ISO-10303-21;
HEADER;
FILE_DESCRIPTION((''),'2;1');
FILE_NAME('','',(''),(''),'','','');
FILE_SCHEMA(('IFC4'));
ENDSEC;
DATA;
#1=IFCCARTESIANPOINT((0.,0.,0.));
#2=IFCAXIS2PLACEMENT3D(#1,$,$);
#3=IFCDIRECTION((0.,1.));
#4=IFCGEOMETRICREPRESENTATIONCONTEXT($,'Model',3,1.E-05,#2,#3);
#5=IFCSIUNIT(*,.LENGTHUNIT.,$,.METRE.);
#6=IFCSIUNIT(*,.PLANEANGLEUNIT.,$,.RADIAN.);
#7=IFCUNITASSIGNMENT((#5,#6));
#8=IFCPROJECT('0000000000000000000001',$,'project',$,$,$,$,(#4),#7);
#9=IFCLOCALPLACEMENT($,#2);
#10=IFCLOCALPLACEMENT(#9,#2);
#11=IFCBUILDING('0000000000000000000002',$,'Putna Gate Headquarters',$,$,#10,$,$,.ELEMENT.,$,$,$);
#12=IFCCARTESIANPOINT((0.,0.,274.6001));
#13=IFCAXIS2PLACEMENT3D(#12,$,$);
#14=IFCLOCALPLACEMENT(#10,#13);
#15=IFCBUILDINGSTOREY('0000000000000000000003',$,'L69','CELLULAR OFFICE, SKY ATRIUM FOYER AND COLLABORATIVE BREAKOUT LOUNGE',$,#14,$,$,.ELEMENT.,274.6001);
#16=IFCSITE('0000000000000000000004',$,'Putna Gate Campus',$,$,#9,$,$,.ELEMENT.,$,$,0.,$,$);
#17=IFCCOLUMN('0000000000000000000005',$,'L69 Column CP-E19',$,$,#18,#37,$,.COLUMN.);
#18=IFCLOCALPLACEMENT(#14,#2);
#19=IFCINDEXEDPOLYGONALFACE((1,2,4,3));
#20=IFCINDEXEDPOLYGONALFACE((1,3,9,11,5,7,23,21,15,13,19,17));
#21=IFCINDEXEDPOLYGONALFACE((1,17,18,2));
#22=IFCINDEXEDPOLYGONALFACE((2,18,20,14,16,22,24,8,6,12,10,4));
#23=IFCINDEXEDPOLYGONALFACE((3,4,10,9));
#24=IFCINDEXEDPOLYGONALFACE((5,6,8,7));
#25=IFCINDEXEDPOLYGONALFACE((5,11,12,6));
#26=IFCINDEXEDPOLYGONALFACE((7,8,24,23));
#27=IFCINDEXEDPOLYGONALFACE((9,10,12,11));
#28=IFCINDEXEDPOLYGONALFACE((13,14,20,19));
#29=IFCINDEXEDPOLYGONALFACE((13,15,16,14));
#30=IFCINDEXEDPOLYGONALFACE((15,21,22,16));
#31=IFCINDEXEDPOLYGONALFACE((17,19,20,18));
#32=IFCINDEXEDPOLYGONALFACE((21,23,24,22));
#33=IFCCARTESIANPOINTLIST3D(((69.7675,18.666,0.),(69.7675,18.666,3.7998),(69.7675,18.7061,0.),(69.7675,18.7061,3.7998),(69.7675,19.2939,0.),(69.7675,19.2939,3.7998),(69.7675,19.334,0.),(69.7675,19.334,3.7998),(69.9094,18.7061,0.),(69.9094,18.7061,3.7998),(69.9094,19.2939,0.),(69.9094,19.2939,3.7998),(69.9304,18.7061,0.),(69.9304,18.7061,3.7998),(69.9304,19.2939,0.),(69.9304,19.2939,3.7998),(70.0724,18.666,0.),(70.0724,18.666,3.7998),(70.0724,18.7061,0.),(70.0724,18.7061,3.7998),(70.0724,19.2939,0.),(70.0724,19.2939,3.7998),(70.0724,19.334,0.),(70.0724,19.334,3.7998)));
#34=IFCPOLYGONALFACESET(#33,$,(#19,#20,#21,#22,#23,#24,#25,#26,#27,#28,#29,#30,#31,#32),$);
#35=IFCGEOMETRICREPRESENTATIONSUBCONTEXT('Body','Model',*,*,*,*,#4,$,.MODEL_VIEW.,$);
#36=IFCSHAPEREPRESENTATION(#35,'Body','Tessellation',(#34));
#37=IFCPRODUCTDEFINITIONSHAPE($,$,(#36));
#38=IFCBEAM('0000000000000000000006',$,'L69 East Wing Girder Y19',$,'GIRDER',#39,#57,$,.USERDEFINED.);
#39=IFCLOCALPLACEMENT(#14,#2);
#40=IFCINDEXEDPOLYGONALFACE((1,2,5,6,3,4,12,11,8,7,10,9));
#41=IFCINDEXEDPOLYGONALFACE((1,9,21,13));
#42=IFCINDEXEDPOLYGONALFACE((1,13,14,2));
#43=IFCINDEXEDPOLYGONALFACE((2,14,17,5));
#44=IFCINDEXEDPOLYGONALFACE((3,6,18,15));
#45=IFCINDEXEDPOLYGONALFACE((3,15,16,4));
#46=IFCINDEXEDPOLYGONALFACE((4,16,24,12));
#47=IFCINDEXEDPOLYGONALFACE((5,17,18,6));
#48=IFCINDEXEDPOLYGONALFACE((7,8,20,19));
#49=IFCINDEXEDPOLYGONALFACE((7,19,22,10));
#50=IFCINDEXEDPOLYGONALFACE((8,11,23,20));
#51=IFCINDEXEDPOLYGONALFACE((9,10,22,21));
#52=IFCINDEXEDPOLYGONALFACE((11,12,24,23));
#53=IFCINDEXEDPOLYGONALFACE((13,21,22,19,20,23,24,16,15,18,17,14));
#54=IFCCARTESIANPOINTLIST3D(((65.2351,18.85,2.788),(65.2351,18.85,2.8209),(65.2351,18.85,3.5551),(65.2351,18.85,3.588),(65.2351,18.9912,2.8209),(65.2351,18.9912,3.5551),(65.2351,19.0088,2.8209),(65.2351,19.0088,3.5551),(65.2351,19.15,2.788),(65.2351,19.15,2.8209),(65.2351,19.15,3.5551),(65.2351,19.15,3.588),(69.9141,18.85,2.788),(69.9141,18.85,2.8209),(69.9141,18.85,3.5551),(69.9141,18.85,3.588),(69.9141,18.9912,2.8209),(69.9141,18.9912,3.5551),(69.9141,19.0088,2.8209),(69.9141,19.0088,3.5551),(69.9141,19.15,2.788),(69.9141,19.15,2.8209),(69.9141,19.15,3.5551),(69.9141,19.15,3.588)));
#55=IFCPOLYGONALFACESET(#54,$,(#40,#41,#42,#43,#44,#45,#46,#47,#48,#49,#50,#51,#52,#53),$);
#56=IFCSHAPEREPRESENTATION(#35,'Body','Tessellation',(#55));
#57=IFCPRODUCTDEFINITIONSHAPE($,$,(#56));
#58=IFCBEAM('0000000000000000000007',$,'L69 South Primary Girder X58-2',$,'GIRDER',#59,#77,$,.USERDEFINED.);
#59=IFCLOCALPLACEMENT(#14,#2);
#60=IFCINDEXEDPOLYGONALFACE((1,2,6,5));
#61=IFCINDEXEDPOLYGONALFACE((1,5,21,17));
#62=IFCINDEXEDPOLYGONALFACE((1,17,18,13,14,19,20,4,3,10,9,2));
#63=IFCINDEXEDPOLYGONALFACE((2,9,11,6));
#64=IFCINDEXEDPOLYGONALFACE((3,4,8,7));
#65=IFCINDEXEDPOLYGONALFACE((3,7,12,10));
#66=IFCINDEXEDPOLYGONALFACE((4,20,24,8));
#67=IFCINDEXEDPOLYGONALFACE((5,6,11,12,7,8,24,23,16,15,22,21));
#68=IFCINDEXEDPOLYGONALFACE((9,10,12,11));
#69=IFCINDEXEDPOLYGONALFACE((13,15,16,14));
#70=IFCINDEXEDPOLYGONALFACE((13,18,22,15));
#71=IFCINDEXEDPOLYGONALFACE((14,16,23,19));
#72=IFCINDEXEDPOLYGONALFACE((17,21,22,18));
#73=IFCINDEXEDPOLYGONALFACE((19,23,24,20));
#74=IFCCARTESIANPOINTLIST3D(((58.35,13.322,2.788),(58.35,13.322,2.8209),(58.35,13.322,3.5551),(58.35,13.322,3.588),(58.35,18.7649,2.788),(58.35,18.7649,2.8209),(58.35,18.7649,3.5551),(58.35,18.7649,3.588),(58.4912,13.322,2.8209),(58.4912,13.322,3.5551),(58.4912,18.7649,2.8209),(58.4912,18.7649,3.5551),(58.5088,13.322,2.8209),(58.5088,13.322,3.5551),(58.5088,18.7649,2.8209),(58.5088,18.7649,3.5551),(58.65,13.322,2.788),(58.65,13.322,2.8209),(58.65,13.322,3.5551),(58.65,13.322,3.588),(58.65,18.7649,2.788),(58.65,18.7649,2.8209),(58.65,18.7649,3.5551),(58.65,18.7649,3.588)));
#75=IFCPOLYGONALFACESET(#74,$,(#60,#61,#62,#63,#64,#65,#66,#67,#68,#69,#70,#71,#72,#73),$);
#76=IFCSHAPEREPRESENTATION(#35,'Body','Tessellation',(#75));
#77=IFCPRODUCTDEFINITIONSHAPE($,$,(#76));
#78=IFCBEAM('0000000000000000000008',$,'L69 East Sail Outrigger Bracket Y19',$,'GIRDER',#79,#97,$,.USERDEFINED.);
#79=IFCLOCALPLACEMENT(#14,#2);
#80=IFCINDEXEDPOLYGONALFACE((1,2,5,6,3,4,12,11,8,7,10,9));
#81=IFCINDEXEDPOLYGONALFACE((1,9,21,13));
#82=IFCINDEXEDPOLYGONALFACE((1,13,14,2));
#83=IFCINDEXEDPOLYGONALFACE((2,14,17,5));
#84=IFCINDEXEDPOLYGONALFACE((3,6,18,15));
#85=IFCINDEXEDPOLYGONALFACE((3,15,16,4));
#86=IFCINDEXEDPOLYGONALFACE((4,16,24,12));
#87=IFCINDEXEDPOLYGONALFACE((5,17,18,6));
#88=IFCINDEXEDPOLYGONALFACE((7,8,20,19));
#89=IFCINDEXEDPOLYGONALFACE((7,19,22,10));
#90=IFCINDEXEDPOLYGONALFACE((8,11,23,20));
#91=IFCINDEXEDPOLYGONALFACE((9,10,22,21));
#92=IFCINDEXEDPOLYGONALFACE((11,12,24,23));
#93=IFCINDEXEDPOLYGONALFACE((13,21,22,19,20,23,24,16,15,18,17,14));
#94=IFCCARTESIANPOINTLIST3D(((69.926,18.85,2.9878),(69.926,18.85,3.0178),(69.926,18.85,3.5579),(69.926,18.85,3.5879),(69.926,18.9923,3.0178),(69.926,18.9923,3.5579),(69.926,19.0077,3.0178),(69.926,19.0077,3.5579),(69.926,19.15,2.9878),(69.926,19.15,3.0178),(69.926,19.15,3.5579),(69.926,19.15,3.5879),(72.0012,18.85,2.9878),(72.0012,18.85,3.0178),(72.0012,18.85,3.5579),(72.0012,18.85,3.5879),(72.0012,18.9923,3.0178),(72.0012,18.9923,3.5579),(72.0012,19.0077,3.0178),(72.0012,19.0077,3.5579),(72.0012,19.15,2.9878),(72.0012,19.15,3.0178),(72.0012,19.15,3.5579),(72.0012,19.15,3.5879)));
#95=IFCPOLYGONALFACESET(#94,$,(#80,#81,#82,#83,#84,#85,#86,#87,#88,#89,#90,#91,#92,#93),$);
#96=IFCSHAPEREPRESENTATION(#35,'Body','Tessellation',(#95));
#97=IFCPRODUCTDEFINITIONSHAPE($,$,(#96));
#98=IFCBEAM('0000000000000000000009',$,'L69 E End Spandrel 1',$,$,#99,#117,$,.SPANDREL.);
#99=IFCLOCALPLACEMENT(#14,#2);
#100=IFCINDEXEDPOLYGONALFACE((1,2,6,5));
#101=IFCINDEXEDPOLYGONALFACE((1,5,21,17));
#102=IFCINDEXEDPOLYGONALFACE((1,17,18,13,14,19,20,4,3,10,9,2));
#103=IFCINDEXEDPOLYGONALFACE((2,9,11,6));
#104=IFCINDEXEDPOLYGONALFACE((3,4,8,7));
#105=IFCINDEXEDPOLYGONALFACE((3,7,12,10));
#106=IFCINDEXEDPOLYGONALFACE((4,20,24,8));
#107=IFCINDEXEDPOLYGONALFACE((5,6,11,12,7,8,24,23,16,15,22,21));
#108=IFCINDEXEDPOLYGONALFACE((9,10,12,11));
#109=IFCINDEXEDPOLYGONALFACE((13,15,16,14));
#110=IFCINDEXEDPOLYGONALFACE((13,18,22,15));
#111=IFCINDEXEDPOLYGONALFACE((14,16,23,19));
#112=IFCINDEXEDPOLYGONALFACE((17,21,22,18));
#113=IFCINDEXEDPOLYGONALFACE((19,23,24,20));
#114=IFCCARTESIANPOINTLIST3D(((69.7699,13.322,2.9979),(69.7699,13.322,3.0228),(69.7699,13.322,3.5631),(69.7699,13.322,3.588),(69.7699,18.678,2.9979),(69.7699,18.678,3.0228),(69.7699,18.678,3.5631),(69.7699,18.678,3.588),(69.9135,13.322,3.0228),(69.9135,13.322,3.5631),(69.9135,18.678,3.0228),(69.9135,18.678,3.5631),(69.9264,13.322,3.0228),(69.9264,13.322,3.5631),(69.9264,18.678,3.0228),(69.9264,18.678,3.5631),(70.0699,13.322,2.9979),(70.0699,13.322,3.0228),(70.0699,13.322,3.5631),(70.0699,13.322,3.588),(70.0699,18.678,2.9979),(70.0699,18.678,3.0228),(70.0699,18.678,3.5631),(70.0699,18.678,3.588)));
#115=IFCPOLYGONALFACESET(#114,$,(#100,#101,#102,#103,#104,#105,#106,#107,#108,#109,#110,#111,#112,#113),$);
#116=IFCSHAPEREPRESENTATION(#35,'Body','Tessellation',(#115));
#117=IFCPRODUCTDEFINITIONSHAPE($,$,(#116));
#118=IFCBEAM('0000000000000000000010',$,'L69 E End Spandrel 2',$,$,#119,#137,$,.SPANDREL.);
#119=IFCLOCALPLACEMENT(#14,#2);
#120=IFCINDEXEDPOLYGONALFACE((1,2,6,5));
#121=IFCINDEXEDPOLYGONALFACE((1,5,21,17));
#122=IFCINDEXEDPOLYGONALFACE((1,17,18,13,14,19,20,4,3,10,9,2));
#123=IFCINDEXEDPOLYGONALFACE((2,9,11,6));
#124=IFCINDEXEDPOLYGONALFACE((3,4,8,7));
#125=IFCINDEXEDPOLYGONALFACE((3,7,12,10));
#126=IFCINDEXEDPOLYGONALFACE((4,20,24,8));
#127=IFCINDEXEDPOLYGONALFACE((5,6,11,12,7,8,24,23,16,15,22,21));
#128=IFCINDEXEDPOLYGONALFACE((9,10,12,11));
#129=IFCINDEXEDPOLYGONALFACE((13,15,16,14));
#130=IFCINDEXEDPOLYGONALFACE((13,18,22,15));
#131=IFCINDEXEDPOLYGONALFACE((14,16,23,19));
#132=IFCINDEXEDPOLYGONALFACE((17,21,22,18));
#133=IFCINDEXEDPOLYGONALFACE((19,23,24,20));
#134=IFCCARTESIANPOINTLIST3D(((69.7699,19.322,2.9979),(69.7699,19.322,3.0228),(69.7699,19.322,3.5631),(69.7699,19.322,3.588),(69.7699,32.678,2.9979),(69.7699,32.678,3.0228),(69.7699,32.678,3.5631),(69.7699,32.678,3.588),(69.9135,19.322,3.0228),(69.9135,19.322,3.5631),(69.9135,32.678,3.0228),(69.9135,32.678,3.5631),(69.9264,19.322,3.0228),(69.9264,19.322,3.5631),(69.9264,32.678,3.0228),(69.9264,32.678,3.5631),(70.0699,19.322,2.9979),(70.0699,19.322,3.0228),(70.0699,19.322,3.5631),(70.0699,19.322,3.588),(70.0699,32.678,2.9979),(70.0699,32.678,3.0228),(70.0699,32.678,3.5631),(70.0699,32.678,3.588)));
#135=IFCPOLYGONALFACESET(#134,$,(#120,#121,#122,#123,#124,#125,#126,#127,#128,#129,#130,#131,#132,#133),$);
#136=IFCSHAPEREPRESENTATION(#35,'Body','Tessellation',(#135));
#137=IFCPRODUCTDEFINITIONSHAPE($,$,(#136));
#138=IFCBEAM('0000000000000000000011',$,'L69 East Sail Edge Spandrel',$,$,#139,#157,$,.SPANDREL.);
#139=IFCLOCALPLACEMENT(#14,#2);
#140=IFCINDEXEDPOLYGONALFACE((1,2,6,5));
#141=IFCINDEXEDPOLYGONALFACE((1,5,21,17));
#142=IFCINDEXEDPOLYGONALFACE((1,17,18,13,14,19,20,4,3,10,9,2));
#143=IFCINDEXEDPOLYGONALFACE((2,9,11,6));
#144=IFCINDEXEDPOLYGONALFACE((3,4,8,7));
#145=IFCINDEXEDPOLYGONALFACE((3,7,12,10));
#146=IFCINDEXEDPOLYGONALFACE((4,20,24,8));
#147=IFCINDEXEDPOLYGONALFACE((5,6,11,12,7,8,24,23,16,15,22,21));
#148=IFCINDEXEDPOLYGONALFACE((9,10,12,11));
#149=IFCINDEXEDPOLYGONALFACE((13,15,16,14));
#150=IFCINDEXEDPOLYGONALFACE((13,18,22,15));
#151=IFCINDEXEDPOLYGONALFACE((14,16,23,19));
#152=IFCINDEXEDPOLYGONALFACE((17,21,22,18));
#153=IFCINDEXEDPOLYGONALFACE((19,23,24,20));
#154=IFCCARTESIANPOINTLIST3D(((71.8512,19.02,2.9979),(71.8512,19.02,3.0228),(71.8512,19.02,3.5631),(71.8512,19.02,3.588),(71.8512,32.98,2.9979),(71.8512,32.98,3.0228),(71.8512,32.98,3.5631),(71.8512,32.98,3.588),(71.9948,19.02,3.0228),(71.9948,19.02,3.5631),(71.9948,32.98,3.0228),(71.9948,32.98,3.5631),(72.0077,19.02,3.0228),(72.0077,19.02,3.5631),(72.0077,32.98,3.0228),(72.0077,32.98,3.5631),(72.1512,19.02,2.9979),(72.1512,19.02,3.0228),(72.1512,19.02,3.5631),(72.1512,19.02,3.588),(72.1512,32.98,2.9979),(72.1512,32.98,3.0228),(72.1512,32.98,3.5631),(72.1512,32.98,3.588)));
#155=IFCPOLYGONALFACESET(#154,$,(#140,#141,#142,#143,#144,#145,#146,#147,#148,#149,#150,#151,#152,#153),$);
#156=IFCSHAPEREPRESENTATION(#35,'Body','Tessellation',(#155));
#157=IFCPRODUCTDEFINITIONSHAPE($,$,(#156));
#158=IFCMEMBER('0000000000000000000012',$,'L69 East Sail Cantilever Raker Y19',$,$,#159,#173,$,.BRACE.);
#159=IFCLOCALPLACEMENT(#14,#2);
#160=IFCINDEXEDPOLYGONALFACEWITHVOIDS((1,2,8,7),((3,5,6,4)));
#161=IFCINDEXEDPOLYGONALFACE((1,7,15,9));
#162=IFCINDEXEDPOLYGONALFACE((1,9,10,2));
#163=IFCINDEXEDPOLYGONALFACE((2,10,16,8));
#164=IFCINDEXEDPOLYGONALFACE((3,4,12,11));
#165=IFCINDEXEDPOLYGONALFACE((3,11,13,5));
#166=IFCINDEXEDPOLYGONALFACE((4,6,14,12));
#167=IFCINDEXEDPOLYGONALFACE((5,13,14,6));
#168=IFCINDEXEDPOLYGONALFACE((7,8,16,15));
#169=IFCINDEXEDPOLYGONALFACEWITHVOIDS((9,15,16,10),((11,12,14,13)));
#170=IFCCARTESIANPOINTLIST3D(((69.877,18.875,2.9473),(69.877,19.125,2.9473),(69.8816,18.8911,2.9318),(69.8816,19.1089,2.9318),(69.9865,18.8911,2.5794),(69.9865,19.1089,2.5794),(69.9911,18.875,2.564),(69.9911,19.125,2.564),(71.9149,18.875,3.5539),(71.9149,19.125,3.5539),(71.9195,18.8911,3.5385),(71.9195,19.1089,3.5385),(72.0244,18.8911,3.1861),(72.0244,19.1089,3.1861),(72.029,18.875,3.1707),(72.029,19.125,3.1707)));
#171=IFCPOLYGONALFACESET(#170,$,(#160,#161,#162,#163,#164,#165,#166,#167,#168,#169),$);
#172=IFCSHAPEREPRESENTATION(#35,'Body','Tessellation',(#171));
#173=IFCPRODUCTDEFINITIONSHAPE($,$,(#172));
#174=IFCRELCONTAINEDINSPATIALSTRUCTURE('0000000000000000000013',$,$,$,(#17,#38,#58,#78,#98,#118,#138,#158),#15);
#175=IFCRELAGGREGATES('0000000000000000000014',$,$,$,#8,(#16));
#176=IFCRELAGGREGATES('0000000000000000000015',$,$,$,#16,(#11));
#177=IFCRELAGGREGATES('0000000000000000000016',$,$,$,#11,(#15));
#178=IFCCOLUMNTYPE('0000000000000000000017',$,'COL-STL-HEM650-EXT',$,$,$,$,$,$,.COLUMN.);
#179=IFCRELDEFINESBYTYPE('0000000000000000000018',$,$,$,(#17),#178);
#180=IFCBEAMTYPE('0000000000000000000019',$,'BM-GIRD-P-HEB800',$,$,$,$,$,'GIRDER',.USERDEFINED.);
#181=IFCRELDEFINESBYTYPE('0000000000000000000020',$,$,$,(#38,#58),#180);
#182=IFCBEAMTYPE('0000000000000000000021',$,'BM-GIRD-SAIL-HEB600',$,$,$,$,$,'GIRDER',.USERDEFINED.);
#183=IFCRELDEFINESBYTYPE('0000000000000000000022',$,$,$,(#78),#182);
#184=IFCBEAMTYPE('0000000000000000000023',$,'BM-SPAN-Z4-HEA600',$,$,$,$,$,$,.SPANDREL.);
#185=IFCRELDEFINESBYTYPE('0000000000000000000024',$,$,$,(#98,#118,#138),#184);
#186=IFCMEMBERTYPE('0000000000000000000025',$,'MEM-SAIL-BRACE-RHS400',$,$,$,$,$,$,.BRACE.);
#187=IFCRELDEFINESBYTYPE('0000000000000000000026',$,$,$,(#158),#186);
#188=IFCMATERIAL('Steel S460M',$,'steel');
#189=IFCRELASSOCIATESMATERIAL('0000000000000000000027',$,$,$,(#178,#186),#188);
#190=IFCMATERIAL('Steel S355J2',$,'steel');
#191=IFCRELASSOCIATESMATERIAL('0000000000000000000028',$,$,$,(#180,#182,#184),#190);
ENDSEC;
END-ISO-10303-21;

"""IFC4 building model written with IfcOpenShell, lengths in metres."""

from ifc_helpers import new_model, si_unit, direction, frame, origin, origin_2d, place, context, subcontext, project, spatial, hollow_rectangle, i_section, extrude, material, material_profile, profile_set, type_object, element, save


model = new_model("IFC4")

# Units and contexts
model_context = context("Model", 3, precision=1e-05, world=origin(), true_north=direction((0.0, 1.0)))
body_context = subcontext(model_context, "Body", "Model", "MODEL_VIEW")
ifc_project = project(units=[si_unit("LENGTHUNIT", "METRE"), si_unit("PLANEANGLEUNIT", "RADIAN")], contexts=[model_context])

# Site, building, storey
site_placement = place(None, origin())
site = spatial("IfcSite", under=ifc_project, at=site_placement, Name="Putna Gate Campus", CompositionType="ELEMENT", RefElevation=0.0)
building_placement = place(site_placement, origin())
building = spatial("IfcBuilding", under=site, at=building_placement, Name="Putna Gate Headquarters", CompositionType="ELEMENT")
storey_placement = place(building_placement, frame((0.0, 0.0, 274.6001)))
storey = spatial("IfcBuildingStorey", under=building, at=storey_placement, Name="L69", Description="CELLULAR OFFICE, SKY ATRIUM FOYER AND COLLABORATIVE BREAKOUT LOUNGE", CompositionType="ELEMENT", Elevation=274.6001)

# Column
ifc_material_1 = material(Name="Steel S460M", Category="steel")
ifc_material_profile_1 = material_profile(ifc_material_1, i_section(OverallWidth=0.3049, OverallDepth=0.668, WebThickness=0.021, FlangeThickness=0.04, at=origin_2d()), Name="Steel S460M")
ifc_profile_set_1 = profile_set([ifc_material_profile_1], Name="Steel S460M")
column_type = type_object("IfcColumnType", Name="COL-STL-HEM650-EXT", PredefinedType="COLUMN", material=ifc_profile_set_1)
column_placement = place(storey_placement, frame((69.9199, 19.0, 0.0), z_axis=(0.0, 0.0, 1.0), x_axis=(1.0, 0.0, 0.0)))
element("IfcColumn", 1, at=column_placement, inside=storey, type_object=column_type, Name="L69 Column CP-E19", PredefinedType="COLUMN", context=body_context, shape_type="SweptSolid", body=[
    extrude(i_section(OverallWidth=0.3049, OverallDepth=0.668, WebThickness=0.021, FlangeThickness=0.04, at=origin_2d()), origin(), (0.0, 0.0, 1.0), 3.7998),
])

# Beams
ifc_material_2 = material(Name="Steel S355J2", Category="steel")
ifc_material_profile_2 = material_profile(ifc_material_2, i_section(OverallWidth=0.3, OverallDepth=0.8, WebThickness=0.0176, FlangeThickness=0.033, at=origin_2d()), Name="Steel S355J2")
ifc_profile_set_2 = profile_set([ifc_material_profile_2], Name="Steel S355J2")
beam_type_1 = type_object("IfcBeamType", Name="BM-GIRD-P-HEB800", ElementType="GIRDER", PredefinedType="USERDEFINED", material=ifc_profile_set_2)
beam_1_placement = place(storey_placement, frame((65.2351, 19.0, 3.188), z_axis=(1.0, 0.0, 0.0), x_axis=(0.0, 1.0, 0.0)))
element("IfcBeam", 2, at=beam_1_placement, inside=storey, type_object=beam_type_1, Name="L69 East Wing Girder Y19", ObjectType="GIRDER", PredefinedType="USERDEFINED", context=body_context, shape_type="SweptSolid", body=[
    extrude(i_section(OverallWidth=0.3, OverallDepth=0.8, WebThickness=0.0176, FlangeThickness=0.033, at=origin_2d()), origin(), (0.0, 0.0, 1.0), 4.679),
])
beam_2_placement = place(storey_placement, frame((58.5, 13.322, 3.188), z_axis=(0.0, 1.0, 0.0), x_axis=(-1.0, 0.0, 0.0)))
element("IfcBeam", 3, at=beam_2_placement, inside=storey, type_object=beam_type_1, Name="L69 South Primary Girder X58-2", ObjectType="GIRDER", PredefinedType="USERDEFINED", context=body_context, shape_type="SweptSolid", body=[
    extrude(i_section(OverallWidth=0.3, OverallDepth=0.8, WebThickness=0.0176, FlangeThickness=0.033, at=origin_2d()), origin(), (0.0, 0.0, 1.0), 5.4429),
])
ifc_material_profile_3 = material_profile(ifc_material_2, i_section(OverallWidth=0.3, OverallDepth=0.6001, WebThickness=0.0154, FlangeThickness=0.03, at=origin_2d()), Name="Steel S355J2")
ifc_profile_set_3 = profile_set([ifc_material_profile_3], Name="Steel S355J2")
beam_type_2 = type_object("IfcBeamType", Name="BM-GIRD-SAIL-HEB600", ElementType="GIRDER", PredefinedType="USERDEFINED", material=ifc_profile_set_3)
beam_3_placement = place(storey_placement, frame((69.926, 19.0, 3.2878), z_axis=(1.0, 0.0, 0.0), x_axis=(0.0, 1.0, 0.0)))
element("IfcBeam", 4, at=beam_3_placement, inside=storey, type_object=beam_type_2, Name="L69 East Sail Outrigger Bracket Y19", ObjectType="GIRDER", PredefinedType="USERDEFINED", context=body_context, shape_type="SweptSolid", body=[
    extrude(i_section(OverallWidth=0.3, OverallDepth=0.6001, WebThickness=0.0154, FlangeThickness=0.03, at=origin_2d()), origin(), (0.0, 0.0, 1.0), 2.0752),
])
ifc_material_profile_4 = material_profile(ifc_material_2, i_section(OverallWidth=0.3, OverallDepth=0.5901, WebThickness=0.0129, FlangeThickness=0.0249, at=origin_2d()), Name="Steel S355J2")
ifc_profile_set_4 = profile_set([ifc_material_profile_4], Name="Steel S355J2")
beam_type_3 = type_object("IfcBeamType", Name="BM-SPAN-Z4-HEA600", PredefinedType="SPANDREL", material=ifc_profile_set_4)
beam_4_placement = place(storey_placement, frame((69.9199, 13.322, 3.293), z_axis=(0.0, 1.0, 0.0), x_axis=(-1.0, 0.0, 0.0)))
element("IfcBeam", 5, at=beam_4_placement, inside=storey, type_object=beam_type_3, Name="L69 E End Spandrel 1", PredefinedType="SPANDREL", context=body_context, shape_type="SweptSolid", body=[
    extrude(i_section(OverallWidth=0.3, OverallDepth=0.5901, WebThickness=0.0129, FlangeThickness=0.0249, at=origin_2d()), origin(), (0.0, 0.0, 1.0), 5.356),
])
beam_5_placement = place(storey_placement, frame((69.9199, 19.322, 3.293), z_axis=(0.0, 1.0, 0.0), x_axis=(-1.0, 0.0, 0.0)))
element("IfcBeam", 6, at=beam_5_placement, inside=storey, type_object=beam_type_3, Name="L69 E End Spandrel 2", PredefinedType="SPANDREL", context=body_context, shape_type="SweptSolid", body=[
    extrude(i_section(OverallWidth=0.3, OverallDepth=0.5901, WebThickness=0.0129, FlangeThickness=0.0249, at=origin_2d()), origin(), (0.0, 0.0, 1.0), 13.356),
])
beam_6_placement = place(storey_placement, frame((72.0012, 19.02, 3.293), z_axis=(0.0, 1.0, 0.0), x_axis=(-1.0, 0.0, 0.0)))
element("IfcBeam", 7, at=beam_6_placement, inside=storey, type_object=beam_type_3, Name="L69 East Sail Edge Spandrel", PredefinedType="SPANDREL", context=body_context, shape_type="SweptSolid", body=[
    extrude(i_section(OverallWidth=0.3, OverallDepth=0.5901, WebThickness=0.0129, FlangeThickness=0.0249, at=origin_2d()), origin(), (0.0, 0.0, 1.0), 13.96),
])

# Member
ifc_material_profile_5 = material_profile(ifc_material_1, hollow_rectangle(XDim=0.25, YDim=0.3999, WallThickness=0.0161, at=origin_2d()), Name="Steel S460M")
ifc_profile_set_5 = profile_set([ifc_material_profile_5], Name="Steel S460M")
member_type_1 = type_object("IfcMemberType", Name="MEM-SAIL-BRACE-RHS400", PredefinedType="BRACE", material=ifc_profile_set_5)
member_1_placement = place(storey_placement, frame((69.9341, 19.0, 2.7556), z_axis=(0.958428, 0.0, 0.285335), x_axis=(0.0, 1.0, 0.0)))
element("IfcMember", 8, at=member_1_placement, inside=storey, type_object=member_type_1, Name="L69 East Sail Cantilever Raker Y19", PredefinedType="BRACE", context=body_context, shape_type="SweptSolid", body=[
    extrude(hollow_rectangle(XDim=0.25, YDim=0.3999, WallThickness=0.0161, at=origin_2d()), origin(), (0.0, 0.0, 1.0), 2.1262),
])

save(model, "model.ifc")
